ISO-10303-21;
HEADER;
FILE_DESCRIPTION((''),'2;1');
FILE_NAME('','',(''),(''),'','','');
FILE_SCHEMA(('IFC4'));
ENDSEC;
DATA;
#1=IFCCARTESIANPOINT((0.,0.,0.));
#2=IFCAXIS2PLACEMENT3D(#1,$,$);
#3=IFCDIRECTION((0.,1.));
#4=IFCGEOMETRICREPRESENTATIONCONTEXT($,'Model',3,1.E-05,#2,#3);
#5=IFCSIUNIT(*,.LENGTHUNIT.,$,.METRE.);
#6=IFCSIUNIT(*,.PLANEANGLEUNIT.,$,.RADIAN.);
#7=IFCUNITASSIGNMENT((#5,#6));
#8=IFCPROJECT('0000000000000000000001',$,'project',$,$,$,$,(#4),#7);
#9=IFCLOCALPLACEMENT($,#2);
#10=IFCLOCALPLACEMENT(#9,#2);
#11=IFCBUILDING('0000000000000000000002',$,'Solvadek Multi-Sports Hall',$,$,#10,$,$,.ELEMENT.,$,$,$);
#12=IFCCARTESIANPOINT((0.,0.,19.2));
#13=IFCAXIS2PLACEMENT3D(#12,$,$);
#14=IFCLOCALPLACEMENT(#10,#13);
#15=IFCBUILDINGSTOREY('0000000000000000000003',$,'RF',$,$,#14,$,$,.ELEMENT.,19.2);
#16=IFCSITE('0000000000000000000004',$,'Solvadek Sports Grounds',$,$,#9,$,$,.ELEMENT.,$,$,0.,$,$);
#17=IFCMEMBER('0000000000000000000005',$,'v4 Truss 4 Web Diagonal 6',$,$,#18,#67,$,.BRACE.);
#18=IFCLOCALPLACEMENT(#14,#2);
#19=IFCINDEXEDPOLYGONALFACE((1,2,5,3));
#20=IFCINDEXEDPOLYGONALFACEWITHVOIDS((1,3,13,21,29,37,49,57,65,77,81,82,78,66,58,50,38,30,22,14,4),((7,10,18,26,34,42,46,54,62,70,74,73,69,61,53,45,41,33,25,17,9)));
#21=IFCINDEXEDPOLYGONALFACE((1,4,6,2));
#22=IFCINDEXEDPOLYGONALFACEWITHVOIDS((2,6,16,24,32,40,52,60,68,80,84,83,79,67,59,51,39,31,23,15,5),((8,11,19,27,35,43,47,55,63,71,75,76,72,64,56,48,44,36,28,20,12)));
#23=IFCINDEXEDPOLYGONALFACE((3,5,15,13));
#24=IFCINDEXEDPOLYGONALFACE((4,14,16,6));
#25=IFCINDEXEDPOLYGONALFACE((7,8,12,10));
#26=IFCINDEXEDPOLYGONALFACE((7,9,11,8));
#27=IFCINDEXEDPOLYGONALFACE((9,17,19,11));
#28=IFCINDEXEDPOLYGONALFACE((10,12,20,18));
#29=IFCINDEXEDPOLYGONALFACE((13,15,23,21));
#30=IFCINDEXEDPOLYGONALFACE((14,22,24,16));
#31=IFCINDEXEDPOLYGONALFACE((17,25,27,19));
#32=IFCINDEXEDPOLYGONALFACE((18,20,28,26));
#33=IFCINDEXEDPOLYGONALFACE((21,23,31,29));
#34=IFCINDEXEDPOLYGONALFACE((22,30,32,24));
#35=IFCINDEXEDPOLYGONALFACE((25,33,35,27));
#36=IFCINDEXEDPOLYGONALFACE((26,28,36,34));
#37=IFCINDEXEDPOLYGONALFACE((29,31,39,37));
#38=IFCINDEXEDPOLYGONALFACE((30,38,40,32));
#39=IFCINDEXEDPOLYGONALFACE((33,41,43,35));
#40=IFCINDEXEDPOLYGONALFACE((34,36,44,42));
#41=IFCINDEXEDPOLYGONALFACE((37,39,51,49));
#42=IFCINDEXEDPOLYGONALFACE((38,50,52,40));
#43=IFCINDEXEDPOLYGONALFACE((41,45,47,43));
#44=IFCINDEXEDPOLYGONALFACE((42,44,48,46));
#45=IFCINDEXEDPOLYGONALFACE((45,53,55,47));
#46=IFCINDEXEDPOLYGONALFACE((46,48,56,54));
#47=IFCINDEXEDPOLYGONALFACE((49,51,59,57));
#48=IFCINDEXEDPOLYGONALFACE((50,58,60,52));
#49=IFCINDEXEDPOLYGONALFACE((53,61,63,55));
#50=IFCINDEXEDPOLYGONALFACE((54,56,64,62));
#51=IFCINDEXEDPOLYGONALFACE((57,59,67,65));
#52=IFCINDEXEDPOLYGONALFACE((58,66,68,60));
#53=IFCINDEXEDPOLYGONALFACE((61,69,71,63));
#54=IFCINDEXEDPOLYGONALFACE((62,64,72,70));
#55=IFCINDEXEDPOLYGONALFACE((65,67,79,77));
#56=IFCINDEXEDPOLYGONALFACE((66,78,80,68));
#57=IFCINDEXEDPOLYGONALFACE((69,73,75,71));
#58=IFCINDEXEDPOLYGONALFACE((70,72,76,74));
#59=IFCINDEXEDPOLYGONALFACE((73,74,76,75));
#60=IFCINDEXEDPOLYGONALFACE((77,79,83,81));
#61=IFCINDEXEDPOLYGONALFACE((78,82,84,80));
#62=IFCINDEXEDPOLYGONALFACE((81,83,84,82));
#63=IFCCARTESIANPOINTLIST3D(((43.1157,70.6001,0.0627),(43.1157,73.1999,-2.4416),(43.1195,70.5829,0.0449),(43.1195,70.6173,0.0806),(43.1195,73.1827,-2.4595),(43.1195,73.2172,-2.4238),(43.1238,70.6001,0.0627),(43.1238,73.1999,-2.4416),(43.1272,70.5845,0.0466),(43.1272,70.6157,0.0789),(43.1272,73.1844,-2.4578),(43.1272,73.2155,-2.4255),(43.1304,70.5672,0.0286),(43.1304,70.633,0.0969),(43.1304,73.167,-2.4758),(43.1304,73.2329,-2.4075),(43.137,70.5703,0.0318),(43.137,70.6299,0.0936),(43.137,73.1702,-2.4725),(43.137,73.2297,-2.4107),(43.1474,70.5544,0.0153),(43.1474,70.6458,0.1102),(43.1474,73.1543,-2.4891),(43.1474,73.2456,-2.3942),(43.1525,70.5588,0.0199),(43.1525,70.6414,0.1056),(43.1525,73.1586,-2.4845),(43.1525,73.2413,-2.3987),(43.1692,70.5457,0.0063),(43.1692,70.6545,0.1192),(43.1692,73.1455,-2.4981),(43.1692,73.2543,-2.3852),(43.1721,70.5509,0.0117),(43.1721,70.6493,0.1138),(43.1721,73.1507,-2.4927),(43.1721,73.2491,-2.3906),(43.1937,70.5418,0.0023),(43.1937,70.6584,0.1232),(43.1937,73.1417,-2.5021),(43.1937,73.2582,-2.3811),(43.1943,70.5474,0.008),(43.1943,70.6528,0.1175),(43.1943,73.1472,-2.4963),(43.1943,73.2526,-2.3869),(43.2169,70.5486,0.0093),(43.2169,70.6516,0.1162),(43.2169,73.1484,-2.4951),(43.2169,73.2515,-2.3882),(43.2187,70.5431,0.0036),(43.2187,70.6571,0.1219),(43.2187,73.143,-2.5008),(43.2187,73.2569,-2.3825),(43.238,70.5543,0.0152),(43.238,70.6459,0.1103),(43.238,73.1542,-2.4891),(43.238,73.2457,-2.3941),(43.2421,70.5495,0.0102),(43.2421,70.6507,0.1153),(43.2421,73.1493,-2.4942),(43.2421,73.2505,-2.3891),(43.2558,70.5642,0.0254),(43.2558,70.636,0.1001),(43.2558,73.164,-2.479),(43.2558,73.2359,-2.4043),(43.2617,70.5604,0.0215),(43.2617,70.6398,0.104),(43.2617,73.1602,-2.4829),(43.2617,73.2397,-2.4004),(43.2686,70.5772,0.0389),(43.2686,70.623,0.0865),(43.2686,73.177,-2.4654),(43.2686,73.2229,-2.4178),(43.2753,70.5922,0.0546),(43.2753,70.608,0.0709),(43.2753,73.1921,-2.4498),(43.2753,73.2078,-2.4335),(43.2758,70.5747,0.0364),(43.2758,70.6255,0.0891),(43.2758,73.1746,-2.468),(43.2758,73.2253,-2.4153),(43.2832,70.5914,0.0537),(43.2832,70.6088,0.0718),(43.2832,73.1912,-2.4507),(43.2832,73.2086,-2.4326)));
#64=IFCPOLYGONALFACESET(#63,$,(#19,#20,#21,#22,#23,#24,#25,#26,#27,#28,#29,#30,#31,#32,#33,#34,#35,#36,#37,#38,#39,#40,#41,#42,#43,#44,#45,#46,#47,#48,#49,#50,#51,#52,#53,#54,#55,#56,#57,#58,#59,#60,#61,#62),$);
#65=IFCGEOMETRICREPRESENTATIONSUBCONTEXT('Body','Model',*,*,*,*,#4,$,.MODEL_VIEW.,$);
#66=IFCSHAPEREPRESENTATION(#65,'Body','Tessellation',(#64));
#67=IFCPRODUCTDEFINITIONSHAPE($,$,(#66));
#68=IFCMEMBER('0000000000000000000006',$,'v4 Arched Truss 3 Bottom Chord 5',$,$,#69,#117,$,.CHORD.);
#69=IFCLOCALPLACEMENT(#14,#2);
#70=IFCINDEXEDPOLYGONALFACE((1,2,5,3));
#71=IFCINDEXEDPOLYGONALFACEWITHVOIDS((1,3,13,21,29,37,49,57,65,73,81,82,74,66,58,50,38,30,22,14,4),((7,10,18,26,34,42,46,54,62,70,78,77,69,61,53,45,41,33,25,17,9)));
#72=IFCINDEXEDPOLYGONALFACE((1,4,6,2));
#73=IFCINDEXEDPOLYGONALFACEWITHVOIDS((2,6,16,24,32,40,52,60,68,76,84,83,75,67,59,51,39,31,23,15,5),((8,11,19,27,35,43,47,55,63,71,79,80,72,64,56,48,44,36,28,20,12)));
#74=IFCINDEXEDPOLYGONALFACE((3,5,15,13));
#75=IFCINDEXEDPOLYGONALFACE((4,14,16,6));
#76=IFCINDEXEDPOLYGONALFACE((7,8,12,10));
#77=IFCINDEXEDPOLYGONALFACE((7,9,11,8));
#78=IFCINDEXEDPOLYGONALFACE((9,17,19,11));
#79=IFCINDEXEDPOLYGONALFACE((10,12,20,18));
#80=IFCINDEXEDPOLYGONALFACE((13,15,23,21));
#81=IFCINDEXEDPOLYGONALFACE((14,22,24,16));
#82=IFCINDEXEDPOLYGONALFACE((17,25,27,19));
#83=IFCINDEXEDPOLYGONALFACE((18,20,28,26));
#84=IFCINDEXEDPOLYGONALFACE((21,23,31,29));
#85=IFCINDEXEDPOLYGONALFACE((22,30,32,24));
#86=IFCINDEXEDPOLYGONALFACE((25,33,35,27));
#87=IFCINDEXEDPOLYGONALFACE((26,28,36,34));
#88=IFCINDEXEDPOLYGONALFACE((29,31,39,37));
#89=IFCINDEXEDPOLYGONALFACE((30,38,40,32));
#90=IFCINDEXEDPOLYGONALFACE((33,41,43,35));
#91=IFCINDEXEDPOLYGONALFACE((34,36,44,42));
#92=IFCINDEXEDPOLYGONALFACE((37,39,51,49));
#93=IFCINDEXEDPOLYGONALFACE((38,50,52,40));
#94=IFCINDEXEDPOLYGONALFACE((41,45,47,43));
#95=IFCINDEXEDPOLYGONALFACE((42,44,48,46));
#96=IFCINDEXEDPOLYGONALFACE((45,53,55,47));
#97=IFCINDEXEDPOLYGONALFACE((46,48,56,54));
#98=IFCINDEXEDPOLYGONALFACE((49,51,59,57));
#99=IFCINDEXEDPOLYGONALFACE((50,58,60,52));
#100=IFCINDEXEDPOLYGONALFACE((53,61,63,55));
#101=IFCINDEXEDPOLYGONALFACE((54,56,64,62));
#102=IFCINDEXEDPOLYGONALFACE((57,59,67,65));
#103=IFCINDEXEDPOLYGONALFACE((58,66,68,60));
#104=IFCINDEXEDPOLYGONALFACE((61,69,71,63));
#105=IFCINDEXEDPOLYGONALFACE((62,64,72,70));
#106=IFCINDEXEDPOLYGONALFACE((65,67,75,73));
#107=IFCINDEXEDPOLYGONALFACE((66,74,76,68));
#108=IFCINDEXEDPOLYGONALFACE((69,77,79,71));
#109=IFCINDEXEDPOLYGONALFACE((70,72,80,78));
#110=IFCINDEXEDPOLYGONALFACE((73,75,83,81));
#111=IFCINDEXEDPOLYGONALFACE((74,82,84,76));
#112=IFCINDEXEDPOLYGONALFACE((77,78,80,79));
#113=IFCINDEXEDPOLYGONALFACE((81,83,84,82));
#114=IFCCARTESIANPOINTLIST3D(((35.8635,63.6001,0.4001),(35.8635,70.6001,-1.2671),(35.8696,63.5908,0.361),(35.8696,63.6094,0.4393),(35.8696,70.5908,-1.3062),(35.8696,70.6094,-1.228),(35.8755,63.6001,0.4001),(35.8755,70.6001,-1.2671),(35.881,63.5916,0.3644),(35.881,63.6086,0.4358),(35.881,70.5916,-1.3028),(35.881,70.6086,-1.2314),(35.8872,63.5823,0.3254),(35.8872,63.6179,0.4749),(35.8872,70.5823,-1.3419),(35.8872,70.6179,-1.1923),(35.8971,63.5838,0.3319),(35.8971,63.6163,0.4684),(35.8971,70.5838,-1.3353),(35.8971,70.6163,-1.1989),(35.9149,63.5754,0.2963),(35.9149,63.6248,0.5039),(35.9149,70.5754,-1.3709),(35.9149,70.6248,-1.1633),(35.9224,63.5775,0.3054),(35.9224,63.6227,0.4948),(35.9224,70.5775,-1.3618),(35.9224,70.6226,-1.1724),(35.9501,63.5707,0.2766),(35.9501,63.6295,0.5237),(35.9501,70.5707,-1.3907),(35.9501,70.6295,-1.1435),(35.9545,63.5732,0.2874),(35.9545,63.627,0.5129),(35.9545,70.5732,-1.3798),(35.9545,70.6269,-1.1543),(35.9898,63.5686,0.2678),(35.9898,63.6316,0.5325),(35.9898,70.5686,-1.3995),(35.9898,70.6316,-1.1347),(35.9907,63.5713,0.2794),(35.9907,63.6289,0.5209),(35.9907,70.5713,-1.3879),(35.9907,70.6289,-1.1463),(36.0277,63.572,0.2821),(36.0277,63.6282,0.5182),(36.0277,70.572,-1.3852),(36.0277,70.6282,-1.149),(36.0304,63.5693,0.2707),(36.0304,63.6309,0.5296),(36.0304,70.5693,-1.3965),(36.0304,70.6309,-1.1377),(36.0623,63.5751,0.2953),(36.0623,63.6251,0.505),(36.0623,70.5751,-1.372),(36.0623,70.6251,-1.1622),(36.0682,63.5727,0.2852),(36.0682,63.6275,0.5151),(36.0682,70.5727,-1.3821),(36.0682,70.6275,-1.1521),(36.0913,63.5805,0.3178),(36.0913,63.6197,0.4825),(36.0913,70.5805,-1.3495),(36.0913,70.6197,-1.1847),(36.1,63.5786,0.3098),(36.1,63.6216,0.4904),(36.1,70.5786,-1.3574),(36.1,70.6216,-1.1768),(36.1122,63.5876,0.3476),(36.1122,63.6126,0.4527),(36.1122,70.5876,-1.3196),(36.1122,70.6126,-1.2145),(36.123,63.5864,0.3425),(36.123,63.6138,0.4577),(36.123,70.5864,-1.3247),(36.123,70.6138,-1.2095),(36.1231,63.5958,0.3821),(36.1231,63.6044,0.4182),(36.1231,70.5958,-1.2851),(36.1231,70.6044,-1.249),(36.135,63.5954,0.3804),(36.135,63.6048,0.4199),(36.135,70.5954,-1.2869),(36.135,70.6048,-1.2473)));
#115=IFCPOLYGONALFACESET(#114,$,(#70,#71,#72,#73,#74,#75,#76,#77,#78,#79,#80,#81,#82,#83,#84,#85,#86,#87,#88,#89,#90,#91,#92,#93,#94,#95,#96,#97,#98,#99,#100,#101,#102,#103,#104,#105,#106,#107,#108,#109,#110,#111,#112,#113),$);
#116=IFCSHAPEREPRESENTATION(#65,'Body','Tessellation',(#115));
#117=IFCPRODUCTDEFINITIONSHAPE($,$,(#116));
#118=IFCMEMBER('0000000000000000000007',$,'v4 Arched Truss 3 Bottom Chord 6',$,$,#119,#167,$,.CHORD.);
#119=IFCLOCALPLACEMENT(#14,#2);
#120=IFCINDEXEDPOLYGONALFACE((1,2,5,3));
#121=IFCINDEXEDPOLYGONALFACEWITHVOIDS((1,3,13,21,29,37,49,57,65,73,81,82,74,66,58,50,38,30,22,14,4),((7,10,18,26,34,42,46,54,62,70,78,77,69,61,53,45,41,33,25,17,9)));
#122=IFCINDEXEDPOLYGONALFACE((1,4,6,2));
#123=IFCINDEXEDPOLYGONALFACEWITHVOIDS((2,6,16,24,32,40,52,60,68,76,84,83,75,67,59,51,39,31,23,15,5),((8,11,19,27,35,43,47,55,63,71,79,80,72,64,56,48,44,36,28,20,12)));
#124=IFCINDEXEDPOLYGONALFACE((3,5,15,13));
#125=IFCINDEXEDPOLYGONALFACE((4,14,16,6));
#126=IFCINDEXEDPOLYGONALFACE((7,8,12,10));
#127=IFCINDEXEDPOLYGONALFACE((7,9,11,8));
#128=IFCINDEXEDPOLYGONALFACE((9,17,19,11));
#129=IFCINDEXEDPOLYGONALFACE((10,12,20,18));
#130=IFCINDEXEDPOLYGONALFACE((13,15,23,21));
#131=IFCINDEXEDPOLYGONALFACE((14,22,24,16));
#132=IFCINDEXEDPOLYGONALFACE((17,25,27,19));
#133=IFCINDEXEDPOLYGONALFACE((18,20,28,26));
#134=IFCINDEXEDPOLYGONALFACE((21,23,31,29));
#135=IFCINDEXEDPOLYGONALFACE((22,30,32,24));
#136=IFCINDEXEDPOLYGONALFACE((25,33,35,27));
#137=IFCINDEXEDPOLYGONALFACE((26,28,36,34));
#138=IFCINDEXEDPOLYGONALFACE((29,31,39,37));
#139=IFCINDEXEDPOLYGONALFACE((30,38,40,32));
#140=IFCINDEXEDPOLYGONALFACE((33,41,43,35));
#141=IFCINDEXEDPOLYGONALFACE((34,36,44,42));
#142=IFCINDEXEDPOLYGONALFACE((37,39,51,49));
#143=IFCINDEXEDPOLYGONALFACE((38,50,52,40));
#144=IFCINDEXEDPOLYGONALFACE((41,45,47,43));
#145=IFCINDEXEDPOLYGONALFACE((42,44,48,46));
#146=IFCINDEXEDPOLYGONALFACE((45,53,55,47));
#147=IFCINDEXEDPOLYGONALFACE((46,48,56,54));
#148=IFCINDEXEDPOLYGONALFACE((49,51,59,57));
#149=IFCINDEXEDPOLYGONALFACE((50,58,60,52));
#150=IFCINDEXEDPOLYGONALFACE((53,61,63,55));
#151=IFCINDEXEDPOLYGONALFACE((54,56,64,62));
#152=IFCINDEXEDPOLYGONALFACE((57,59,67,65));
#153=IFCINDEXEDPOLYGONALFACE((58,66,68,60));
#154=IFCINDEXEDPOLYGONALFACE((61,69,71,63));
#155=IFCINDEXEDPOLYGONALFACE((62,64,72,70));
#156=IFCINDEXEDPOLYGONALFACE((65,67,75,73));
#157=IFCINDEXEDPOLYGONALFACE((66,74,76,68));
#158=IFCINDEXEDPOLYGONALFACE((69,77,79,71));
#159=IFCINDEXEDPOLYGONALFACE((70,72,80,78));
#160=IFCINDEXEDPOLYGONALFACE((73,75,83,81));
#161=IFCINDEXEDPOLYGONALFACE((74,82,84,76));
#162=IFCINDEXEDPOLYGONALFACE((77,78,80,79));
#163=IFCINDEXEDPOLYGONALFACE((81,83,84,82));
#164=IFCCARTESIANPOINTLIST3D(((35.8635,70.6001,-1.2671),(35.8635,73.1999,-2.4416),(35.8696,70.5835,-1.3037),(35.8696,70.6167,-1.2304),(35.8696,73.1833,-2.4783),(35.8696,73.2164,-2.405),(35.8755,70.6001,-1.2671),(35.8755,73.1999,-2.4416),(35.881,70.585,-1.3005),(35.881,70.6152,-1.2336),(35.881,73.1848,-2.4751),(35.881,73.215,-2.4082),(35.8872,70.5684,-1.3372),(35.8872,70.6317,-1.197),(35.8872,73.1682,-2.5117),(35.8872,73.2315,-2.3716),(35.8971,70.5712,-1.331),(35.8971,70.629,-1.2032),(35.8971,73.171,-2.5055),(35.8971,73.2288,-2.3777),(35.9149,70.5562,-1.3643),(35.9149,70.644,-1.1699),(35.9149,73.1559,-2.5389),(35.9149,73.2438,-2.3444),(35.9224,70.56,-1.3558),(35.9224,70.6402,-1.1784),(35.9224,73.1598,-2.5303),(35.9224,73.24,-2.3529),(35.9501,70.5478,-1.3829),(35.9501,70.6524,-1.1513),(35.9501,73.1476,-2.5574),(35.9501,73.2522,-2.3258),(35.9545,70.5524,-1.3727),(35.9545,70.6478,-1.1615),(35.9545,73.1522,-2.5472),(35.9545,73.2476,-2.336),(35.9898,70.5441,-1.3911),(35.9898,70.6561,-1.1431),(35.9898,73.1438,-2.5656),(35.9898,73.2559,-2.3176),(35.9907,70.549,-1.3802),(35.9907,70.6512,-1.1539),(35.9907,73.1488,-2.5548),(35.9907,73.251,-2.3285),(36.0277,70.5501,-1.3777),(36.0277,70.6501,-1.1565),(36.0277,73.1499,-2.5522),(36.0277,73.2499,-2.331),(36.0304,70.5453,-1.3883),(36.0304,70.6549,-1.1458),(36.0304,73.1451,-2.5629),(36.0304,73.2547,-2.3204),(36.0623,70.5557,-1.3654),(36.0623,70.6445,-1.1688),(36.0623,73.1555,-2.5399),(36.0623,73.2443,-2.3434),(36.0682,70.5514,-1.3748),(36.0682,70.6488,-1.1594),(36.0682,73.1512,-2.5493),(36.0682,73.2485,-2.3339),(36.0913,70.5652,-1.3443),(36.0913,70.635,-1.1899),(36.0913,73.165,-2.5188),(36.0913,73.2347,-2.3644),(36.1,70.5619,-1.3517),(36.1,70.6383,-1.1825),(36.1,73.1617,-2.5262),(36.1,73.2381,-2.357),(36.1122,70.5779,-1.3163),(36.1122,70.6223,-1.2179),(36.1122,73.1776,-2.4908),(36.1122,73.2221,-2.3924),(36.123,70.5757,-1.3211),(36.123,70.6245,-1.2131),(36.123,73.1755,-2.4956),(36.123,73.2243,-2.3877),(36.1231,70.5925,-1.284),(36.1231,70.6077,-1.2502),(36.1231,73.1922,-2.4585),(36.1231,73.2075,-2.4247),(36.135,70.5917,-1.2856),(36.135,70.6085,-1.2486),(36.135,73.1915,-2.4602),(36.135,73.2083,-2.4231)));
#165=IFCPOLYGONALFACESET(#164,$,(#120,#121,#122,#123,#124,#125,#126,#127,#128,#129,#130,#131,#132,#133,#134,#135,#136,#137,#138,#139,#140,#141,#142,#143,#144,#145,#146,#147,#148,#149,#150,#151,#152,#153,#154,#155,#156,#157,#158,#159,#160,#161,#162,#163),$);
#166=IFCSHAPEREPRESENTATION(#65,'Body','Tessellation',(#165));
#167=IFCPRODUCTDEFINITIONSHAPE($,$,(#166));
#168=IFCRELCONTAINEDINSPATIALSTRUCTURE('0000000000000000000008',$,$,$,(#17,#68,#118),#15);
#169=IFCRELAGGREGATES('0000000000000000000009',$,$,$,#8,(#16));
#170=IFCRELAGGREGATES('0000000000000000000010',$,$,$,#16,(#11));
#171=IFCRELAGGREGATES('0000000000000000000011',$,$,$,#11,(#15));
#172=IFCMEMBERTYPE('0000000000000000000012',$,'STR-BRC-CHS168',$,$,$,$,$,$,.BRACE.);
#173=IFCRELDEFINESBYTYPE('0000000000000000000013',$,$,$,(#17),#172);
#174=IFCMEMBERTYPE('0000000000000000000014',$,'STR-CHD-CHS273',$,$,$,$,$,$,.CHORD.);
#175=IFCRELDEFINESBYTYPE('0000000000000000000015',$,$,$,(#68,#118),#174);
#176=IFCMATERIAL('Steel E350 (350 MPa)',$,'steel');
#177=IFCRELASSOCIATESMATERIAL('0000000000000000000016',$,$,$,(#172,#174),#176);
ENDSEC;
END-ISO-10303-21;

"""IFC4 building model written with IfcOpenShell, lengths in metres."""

from ifc_helpers import new_model, si_unit, direction, frame, origin, origin_2d, place, context, subcontext, project, spatial, hollow_circle, extrude, material, material_profile, profile_set, type_object, element, save


model = new_model("IFC4")

# Units and contexts
model_context = context("Model", 3, precision=1e-05, world=origin(), true_north=direction((0.0, 1.0)))
body_context = subcontext(model_context, "Body", "Model", "MODEL_VIEW")
ifc_project = project(units=[si_unit("LENGTHUNIT", "METRE"), si_unit("PLANEANGLEUNIT", "RADIAN")], contexts=[model_context])

# Site, building, storey
site_placement = place(None, origin())
site = spatial("IfcSite", under=ifc_project, at=site_placement, Name="Solvadek Sports Grounds", CompositionType="ELEMENT", RefElevation=0.0)
building_placement = place(site_placement, origin())
building = spatial("IfcBuilding", under=site, at=building_placement, Name="Solvadek Multi-Sports Hall", CompositionType="ELEMENT")
storey_placement = place(building_placement, frame((0.0, 0.0, 19.2)))
storey = spatial("IfcBuildingStorey", under=building, at=storey_placement, Name="RF", CompositionType="ELEMENT", Elevation=19.2)

# Members
ifc_material_1 = material(Name="Steel E350 (350 MPa)", Category="steel")
ifc_material_profile_1 = material_profile(ifc_material_1, hollow_circle(Radius=0.0842, WallThickness=0.0081, at=origin_2d()), Name="CHS 168.3x8")
ifc_profile_set_1 = profile_set([ifc_material_profile_1], Name="Steel E350 (350 MPa)")
member_type_1 = type_object("IfcMemberType", Name="STR-BRC-CHS168", PredefinedType="BRACE", material=ifc_profile_set_1)
member_1_placement = place(storey_placement, frame((43.2, 70.6001, 0.0627), z_axis=(0.0, 0.720205, -0.693761), x_axis=(-1.0, 0.0, 0.0)))
element("IfcMember", 1, at=member_1_placement, inside=storey, type_object=member_type_1, Name="v4 Truss 4 Web Diagonal 6", PredefinedType="BRACE", context=body_context, shape_type="SweptSolid", body=[
    extrude(hollow_circle(Radius=0.0842, WallThickness=0.0081, at=origin_2d()), origin(), (0.0, 0.0, 1.0), 3.6099),
])
ifc_material_profile_2 = material_profile(ifc_material_1, hollow_circle(Radius=0.1365, WallThickness=0.012, at=origin_2d()), Name="CHS 273.0x12")
ifc_profile_set_2 = profile_set([ifc_material_profile_2], Name="Steel E350 (350 MPa)")
member_type_2 = type_object("IfcMemberType", Name="STR-CHD-CHS273", PredefinedType="CHORD", material=ifc_profile_set_2)
member_2_placement = place(storey_placement, frame((36.0, 63.6001, 0.4001), z_axis=(0.0, 0.972788, -0.231695), x_axis=(-1.0, 0.0, 0.0)))
element("IfcMember", 2, at=member_2_placement, inside=storey, type_object=member_type_2, Name="v4 Arched Truss 3 Bottom Chord 5", PredefinedType="CHORD", context=body_context, shape_type="SweptSolid", body=[
    extrude(hollow_circle(Radius=0.1365, WallThickness=0.012, at=origin_2d()), origin(), (0.0, 0.0, 1.0), 7.1958),
])
member_3_placement = place(storey_placement, frame((36.0, 70.6001, -1.2671), z_axis=(0.0, 0.911314, -0.411713), x_axis=(-1.0, 0.0, 0.0)))
element("IfcMember", 3, at=member_3_placement, inside=storey, type_object=member_type_2, Name="v4 Arched Truss 3 Bottom Chord 6", PredefinedType="CHORD", context=body_context, shape_type="SweptSolid", body=[
    extrude(hollow_circle(Radius=0.1365, WallThickness=0.012, at=origin_2d()), origin(), (0.0, 0.0, 1.0), 2.8528),
])

save(model, "model.ifc")
